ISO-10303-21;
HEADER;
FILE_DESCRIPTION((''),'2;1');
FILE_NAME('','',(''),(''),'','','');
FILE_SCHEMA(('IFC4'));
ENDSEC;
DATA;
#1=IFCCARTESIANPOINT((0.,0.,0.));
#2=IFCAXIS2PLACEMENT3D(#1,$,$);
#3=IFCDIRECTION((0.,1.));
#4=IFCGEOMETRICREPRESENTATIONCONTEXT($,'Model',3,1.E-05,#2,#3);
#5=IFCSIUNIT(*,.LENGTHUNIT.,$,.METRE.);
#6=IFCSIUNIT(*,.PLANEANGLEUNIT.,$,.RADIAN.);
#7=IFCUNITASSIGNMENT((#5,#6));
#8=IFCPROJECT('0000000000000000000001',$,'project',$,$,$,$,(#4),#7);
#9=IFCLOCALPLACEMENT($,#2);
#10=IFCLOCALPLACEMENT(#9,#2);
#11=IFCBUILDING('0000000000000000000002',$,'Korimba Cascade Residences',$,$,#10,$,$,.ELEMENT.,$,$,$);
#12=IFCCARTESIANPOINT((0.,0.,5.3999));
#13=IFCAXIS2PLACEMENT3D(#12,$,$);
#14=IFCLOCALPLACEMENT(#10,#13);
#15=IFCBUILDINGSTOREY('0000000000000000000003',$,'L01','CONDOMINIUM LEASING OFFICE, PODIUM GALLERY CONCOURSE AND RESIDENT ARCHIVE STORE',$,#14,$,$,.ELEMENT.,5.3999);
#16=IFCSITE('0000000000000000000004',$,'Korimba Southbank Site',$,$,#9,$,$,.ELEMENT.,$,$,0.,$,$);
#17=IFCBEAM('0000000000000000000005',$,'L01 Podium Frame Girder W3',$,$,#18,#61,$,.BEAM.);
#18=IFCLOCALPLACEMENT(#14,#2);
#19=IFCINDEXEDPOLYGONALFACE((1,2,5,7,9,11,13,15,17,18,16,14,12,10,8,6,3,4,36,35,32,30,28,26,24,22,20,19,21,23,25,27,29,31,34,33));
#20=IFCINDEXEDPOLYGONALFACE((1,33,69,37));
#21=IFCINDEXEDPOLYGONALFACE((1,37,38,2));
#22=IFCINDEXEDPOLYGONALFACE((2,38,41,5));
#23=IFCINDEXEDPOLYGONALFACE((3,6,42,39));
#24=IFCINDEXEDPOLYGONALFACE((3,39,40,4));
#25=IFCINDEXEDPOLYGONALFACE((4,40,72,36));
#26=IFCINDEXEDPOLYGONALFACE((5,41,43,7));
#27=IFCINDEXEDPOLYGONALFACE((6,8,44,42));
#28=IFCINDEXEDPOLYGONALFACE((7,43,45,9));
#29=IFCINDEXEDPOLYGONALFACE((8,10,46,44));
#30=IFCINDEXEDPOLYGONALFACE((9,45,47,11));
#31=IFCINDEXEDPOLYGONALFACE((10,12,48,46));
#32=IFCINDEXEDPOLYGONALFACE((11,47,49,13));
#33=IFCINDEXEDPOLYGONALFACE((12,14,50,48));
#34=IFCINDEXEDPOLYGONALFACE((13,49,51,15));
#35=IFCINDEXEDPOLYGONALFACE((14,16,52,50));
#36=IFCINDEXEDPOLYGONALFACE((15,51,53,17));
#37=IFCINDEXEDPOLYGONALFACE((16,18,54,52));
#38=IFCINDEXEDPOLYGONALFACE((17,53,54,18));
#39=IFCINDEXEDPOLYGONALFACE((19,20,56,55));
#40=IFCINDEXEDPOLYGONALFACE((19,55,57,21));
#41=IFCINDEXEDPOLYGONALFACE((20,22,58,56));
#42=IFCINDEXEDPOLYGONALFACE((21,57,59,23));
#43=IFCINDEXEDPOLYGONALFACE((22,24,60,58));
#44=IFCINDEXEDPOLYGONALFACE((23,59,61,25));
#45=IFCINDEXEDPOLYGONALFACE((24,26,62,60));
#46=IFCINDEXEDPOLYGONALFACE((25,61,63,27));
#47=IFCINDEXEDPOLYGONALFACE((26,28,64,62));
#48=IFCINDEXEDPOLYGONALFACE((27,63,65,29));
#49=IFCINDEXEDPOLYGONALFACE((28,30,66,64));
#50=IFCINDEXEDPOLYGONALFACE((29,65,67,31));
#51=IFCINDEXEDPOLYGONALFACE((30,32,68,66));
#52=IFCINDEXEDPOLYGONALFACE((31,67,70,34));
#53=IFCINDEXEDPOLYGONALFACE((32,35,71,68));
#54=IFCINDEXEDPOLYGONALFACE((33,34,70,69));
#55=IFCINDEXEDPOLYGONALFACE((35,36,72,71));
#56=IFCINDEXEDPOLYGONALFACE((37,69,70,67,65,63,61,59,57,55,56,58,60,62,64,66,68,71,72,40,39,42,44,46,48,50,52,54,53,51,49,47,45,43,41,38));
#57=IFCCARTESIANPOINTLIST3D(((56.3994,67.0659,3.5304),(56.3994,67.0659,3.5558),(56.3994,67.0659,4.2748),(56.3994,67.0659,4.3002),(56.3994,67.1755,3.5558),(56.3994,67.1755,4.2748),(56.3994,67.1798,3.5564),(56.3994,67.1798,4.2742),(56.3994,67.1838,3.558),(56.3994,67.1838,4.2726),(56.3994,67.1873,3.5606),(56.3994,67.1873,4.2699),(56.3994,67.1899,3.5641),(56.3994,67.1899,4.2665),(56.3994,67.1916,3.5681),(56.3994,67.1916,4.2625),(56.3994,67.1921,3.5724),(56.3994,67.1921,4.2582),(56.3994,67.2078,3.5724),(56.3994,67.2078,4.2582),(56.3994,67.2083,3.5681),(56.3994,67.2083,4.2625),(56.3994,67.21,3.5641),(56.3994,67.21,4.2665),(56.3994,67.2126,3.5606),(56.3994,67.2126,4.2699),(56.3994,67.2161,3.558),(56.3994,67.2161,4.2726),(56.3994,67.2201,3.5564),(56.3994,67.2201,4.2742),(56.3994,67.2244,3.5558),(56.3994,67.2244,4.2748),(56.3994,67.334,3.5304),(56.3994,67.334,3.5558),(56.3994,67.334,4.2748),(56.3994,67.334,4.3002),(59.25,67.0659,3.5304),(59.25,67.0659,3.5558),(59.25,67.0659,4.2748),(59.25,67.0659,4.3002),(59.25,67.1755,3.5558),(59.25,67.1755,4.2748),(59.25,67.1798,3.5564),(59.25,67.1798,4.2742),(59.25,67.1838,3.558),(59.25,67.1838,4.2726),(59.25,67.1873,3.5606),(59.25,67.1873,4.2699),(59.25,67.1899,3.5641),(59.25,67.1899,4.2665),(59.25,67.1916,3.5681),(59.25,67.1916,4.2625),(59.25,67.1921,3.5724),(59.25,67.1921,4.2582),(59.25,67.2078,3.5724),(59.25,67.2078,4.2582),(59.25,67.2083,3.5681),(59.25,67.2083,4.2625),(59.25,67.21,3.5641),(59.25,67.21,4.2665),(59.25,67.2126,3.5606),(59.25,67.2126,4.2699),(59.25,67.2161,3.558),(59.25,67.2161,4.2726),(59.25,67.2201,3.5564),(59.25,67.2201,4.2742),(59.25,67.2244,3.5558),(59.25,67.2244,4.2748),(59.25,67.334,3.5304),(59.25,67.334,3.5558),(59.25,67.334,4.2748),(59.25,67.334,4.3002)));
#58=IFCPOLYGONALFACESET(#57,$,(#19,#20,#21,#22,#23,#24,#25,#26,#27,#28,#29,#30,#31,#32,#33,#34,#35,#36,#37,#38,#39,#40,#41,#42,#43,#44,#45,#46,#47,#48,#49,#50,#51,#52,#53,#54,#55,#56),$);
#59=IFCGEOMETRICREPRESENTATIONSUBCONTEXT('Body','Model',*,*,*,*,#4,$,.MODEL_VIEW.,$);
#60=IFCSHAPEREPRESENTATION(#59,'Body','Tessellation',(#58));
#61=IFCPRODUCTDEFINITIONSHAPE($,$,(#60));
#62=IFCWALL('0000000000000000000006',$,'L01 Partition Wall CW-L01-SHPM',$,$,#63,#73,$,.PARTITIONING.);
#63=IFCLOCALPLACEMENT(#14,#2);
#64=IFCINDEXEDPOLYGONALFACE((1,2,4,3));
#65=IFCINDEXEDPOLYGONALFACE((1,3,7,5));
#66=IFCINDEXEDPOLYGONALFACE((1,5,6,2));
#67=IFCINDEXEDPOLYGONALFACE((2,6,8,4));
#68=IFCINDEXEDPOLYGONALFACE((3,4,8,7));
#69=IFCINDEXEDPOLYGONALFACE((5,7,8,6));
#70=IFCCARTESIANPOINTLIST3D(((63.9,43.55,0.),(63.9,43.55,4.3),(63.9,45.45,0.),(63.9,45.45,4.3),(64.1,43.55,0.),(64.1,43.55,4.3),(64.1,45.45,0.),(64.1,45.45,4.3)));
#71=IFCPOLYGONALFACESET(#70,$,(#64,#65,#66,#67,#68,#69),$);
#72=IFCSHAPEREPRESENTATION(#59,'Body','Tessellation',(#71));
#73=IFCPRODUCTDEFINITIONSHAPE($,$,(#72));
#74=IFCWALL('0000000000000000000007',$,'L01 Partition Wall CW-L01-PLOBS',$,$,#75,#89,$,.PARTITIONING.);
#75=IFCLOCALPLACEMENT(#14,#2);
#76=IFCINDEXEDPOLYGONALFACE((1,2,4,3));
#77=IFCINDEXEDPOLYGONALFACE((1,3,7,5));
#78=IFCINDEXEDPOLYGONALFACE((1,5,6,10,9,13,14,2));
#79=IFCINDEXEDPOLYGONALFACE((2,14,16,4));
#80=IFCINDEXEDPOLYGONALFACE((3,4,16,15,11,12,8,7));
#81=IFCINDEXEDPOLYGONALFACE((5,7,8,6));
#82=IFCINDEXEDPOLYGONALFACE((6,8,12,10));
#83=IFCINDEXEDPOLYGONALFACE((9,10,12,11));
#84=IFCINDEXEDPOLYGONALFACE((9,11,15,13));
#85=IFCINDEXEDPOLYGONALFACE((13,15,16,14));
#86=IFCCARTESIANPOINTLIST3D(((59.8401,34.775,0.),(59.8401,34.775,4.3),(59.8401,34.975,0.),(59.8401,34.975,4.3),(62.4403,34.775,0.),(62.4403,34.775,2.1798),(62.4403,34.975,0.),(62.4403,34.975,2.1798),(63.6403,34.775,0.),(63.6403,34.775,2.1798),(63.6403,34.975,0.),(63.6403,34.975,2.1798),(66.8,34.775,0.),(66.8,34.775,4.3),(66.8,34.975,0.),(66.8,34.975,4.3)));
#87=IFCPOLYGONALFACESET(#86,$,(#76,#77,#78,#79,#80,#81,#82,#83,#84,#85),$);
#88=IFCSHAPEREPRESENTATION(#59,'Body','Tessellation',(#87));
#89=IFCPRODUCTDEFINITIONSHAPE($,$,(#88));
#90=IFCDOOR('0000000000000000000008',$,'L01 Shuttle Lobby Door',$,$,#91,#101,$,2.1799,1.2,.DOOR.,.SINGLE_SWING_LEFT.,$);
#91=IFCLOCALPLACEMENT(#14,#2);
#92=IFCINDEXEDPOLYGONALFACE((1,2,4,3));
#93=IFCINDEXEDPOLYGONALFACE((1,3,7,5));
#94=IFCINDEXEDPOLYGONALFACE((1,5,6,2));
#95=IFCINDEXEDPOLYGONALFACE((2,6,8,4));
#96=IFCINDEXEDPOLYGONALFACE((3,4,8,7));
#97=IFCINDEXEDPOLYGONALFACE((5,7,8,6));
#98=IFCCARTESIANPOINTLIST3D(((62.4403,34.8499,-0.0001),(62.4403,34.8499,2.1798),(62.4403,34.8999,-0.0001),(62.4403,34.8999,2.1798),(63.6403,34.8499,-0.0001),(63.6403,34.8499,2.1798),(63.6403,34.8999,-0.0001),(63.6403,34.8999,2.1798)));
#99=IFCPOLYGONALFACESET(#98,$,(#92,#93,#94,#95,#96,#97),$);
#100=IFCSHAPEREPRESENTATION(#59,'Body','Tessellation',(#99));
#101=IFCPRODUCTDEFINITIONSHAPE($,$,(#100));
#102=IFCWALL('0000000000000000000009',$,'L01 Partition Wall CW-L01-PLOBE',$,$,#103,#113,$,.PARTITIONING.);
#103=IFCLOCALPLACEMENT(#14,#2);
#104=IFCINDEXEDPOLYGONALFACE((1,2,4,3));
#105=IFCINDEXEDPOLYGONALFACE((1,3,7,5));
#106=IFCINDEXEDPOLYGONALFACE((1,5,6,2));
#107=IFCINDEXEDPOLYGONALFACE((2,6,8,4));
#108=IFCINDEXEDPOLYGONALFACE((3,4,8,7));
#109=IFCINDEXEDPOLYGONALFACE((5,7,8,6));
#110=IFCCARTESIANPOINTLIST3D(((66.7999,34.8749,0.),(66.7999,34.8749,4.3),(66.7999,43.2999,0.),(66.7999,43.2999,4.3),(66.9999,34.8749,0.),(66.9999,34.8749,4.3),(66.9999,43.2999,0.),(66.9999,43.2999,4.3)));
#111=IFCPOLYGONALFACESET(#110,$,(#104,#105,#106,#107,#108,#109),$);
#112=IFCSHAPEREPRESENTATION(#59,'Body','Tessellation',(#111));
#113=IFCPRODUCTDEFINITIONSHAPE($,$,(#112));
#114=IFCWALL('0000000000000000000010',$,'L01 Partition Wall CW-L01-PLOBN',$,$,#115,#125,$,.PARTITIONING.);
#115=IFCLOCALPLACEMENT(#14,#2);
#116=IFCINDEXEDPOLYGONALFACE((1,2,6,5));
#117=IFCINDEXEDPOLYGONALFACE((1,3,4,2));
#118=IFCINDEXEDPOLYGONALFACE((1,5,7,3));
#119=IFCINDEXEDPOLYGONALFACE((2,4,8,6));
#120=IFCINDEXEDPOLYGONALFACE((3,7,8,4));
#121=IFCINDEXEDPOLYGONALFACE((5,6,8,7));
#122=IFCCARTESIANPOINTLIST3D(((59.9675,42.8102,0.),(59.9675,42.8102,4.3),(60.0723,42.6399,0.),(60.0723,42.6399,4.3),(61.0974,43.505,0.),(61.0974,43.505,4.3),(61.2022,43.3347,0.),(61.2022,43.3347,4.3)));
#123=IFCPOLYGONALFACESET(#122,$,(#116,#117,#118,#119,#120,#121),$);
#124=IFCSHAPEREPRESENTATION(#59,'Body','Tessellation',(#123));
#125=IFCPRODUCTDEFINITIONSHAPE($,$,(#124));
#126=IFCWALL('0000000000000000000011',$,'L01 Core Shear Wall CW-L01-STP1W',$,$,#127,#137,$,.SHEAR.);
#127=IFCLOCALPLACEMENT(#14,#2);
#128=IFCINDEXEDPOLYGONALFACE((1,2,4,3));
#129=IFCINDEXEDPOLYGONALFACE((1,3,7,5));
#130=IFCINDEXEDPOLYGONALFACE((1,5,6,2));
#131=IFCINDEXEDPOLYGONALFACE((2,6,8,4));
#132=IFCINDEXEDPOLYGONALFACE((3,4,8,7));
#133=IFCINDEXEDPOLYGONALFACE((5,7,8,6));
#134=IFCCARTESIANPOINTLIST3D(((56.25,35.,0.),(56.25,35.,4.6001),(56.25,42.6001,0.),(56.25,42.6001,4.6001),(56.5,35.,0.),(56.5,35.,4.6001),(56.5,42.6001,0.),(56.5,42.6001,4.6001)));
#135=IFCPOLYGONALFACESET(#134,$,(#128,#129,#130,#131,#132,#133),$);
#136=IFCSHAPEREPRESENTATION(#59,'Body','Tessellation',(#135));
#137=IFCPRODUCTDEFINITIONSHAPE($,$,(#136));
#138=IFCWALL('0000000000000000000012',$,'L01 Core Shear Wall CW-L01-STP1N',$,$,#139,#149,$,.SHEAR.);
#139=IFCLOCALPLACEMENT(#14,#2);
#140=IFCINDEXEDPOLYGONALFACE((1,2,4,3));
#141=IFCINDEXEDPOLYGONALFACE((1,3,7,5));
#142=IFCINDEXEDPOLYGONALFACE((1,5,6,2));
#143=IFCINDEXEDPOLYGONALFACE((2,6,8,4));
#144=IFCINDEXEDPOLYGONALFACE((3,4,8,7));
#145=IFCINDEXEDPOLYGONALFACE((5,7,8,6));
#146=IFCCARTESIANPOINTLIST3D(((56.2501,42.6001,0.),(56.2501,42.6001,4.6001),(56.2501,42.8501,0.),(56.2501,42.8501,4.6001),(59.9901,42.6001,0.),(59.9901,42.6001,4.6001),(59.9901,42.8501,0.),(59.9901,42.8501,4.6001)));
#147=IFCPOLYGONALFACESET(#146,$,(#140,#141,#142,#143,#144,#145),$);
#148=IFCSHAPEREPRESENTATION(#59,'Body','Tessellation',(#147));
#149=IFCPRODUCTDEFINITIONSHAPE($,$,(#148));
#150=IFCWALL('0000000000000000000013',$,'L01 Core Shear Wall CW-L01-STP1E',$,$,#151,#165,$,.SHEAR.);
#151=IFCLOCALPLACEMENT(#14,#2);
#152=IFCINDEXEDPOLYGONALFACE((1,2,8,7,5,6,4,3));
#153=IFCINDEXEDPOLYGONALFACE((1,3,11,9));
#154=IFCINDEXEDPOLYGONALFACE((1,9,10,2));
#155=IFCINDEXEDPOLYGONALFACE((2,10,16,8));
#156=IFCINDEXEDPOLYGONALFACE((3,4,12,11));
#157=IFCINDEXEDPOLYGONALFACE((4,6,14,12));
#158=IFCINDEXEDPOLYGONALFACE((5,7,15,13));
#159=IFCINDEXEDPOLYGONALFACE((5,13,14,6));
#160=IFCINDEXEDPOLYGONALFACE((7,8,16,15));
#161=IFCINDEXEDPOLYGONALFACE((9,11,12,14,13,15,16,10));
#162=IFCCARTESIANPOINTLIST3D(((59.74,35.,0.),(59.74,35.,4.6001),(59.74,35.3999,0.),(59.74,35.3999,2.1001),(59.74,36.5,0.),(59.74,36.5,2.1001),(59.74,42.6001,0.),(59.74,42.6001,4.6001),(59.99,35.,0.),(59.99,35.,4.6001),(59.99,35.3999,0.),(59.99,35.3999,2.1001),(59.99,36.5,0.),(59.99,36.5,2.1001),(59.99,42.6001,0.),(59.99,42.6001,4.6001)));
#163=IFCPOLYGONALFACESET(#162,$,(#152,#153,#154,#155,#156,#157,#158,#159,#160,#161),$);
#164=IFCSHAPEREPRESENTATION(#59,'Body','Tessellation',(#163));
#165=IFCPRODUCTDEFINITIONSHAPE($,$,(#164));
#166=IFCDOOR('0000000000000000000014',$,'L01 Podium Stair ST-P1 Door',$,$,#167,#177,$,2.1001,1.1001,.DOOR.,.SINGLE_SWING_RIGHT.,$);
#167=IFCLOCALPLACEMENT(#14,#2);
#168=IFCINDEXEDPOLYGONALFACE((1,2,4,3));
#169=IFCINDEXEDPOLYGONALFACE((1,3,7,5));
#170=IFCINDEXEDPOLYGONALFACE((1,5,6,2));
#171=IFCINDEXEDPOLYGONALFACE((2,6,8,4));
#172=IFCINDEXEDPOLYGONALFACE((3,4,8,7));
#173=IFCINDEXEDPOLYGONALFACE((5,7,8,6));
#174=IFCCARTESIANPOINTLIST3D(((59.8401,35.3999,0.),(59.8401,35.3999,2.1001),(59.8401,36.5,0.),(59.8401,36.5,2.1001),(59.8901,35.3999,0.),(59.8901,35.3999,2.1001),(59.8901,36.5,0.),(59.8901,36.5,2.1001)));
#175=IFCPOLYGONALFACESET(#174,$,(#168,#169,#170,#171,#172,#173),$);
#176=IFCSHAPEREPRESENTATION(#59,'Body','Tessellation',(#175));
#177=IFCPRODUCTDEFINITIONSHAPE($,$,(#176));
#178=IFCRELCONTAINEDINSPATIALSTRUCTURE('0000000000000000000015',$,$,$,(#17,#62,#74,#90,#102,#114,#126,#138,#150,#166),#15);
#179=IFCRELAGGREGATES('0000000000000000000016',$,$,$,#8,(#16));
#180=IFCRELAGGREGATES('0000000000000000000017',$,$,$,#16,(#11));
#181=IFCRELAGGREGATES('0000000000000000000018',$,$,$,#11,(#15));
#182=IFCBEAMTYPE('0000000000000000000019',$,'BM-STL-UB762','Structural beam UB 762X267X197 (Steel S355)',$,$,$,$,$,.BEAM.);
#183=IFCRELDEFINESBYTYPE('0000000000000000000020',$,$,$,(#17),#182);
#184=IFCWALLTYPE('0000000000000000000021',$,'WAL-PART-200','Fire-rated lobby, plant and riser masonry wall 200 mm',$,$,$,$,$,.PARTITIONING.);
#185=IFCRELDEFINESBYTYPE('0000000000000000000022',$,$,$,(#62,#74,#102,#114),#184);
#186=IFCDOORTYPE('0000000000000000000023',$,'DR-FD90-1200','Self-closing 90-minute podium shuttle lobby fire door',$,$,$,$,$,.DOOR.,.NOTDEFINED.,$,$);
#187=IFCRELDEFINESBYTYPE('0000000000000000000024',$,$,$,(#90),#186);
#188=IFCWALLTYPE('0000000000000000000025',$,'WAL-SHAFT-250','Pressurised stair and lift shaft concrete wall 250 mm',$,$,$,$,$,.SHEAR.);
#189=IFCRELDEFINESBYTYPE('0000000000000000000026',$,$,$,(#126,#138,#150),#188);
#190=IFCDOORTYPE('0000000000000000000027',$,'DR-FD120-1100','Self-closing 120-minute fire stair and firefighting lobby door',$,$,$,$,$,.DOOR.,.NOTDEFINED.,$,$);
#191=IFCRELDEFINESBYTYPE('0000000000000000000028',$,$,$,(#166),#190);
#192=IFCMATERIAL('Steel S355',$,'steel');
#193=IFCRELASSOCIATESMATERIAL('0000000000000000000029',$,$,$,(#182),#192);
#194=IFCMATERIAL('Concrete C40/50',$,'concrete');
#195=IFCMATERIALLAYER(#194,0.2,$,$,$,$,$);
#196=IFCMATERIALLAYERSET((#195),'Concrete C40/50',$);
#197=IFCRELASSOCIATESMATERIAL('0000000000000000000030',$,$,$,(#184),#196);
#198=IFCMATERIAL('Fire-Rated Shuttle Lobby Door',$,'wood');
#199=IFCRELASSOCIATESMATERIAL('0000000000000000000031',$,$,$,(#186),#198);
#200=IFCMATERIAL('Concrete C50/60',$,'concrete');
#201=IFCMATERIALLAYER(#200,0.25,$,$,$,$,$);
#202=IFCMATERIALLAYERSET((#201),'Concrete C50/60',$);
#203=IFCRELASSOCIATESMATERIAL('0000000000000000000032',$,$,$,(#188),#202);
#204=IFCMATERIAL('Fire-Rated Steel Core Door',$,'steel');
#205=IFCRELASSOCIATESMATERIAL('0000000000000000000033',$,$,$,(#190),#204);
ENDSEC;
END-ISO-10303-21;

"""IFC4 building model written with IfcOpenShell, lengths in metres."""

from ifc_helpers import new_model, si_unit, direction, frame, frame_2d, origin, origin_2d, place, context, subcontext, project, spatial, rectangle, i_section, extrude, material, layer, layer_set, material_profile, profile_set, type_object, element, fill, save


model = new_model("IFC4")

# Units and contexts
model_context = context("Model", 3, precision=1e-05, world=origin(), true_north=direction((0.0, 1.0)))
body_context = subcontext(model_context, "Body", "Model", "MODEL_VIEW")
ifc_project = project(units=[si_unit("LENGTHUNIT", "METRE"), si_unit("PLANEANGLEUNIT", "RADIAN")], contexts=[model_context])

# Site, building, storey
site_placement = place(None, origin())
site = spatial("IfcSite", under=ifc_project, at=site_placement, Name="Korimba Southbank Site", CompositionType="ELEMENT", RefElevation=0.0)
building_placement = place(site_placement, origin())
building = spatial("IfcBuilding", under=site, at=building_placement, Name="Korimba Cascade Residences", CompositionType="ELEMENT")
storey_placement = place(building_placement, frame((0.0, 0.0, 5.3999)))
storey = spatial("IfcBuildingStorey", under=building, at=storey_placement, Name="L01", Description="CONDOMINIUM LEASING OFFICE, PODIUM GALLERY CONCOURSE AND RESIDENT ARCHIVE STORE", CompositionType="ELEMENT", Elevation=5.3999)

# Shared definitions
ifc_material_1 = material(Name="Steel S355", Category="steel")

# Beam
ifc_material_2 = material(Name="Concrete C50/60", Category="concrete")
ifc_material_profile_1 = material_profile(ifc_material_1, i_section(OverallWidth=0.2681, OverallDepth=0.7698, WebThickness=0.0156, FlangeThickness=0.0254, FilletRadius=0.0166, at=origin_2d()), Name="Steel S355")
ifc_profile_set_1 = profile_set([ifc_material_profile_1], Name="Steel S355")
beam_type_1 = type_object("IfcBeamType", Name="BM-STL-UB762", Description="Structural beam UB 762X267X197 (Steel S355)", PredefinedType="BEAM", material=ifc_profile_set_1)
beam_1_placement = place(storey_placement, frame((56.3994, 67.2, 3.9153), z_axis=(1.0, 0.0, 0.0), x_axis=(0.0, 1.0, 0.0)))
element("IfcBeam", 1, at=beam_1_placement, inside=storey, type_object=beam_type_1, Name="L01 Podium Frame Girder W3", PredefinedType="BEAM", context=body_context, shape_type="SweptSolid", body=[
    extrude(i_section(OverallWidth=0.2681, OverallDepth=0.7698, WebThickness=0.0156, FlangeThickness=0.0254, FilletRadius=0.0166, at=origin_2d()), origin(), (0.0, 0.0, 1.0), 2.8506),
])

# Wall
ifc_material_3 = material(Name="Concrete C40/50", Category="concrete")
ifc_layer_1 = layer(ifc_material_3, 0.2)
ifc_layer_set_1 = layer_set([ifc_layer_1], Name="Concrete C40/50")
wall_type_1 = type_object("IfcWallType", Name="WAL-PART-200", Description="Fire-rated lobby, plant and riser masonry wall 200 mm", PredefinedType="PARTITIONING", material=ifc_layer_set_1)
wall_1_placement = place(storey_placement, frame((64.0, 43.55, 0.0), z_axis=(0.0, 0.0, 1.0), x_axis=(0.0, 1.0, 0.0)))
element("IfcWall", 2, at=wall_1_placement, inside=storey, type_object=wall_type_1, Name="L01 Partition Wall CW-L01-SHPM", PredefinedType="PARTITIONING", context=body_context, shape_type="SweptSolid", body=[
    extrude(rectangle(XDim=1.8999, YDim=0.2, at=frame_2d((0.95, 0.0))), origin(), (0.0, 0.0, 1.0), 4.3),
])

# Wall, opening, door
wall_2_placement = place(storey_placement, frame((59.8401, 34.875, 0.0), z_axis=(0.0, 0.0, 1.0), x_axis=(1.0, 0.0, 0.0)))
wall_2 = element("IfcWall", 3, at=wall_2_placement, inside=storey, type_object=wall_type_1, Name="L01 Partition Wall CW-L01-PLOBS", PredefinedType="PARTITIONING", context=body_context, shape_type="SweptSolid", body=[
    extrude(rectangle(XDim=6.96, YDim=0.2, at=frame_2d((3.48, 0.0))), origin(), (0.0, 0.0, 1.0), 4.3),
])
opening_1_placement = place(wall_2_placement, frame((2.6001, 0.0, 0.0)))
opening_1 = element("IfcOpeningElement", 4, at=opening_1_placement, cuts=wall_2, PredefinedType="OPENING", context=body_context, shape_type="SweptSolid", body=[
    extrude(rectangle(XDim=1.2, YDim=2.1799, at=frame_2d((0.6001, 1.0898))), frame((0.0, 0.1099, 0.0), z_axis=(0.0, -1.0, 0.0), x_axis=(1.0, 0.0, 0.0)), (0.0, 0.0, 1.0), 0.22),
])
ifc_material_4 = material(Name="Fire-Rated Shuttle Lobby Door", Category="wood")
door_type_1 = type_object("IfcDoorType", Name="DR-FD90-1200", Description="Self-closing 90-minute podium shuttle lobby fire door", OperationType="NOTDEFINED", PredefinedType="DOOR", material=ifc_material_4)
door_1_placement = place(opening_1_placement, origin())
door_1 = element("IfcDoor", 5, at=door_1_placement, inside=storey, type_object=door_type_1, Name="L01 Shuttle Lobby Door", OperationType="SINGLE_SWING_LEFT", OverallHeight=2.1799, OverallWidth=1.2, PredefinedType="DOOR", context=body_context, shape_type="SweptSolid", body=[
    extrude(rectangle(XDim=1.2, YDim=2.1799, at=frame_2d((0.6001, 1.0898))), frame((0.0, 0.0249, 0.0), z_axis=(0.0, -1.0, 0.0), x_axis=(1.0, 0.0, 0.0)), (0.0, 0.0, 1.0), 0.05),
])
fill(opening_1, door_1)

# Walls
wall_3_placement = place(storey_placement, frame((66.8999, 34.875, 0.0), z_axis=(0.0, 0.0, 1.0), x_axis=(0.0, 1.0, 0.0)))
element("IfcWall", 6, at=wall_3_placement, inside=storey, type_object=wall_type_1, Name="L01 Partition Wall CW-L01-PLOBE", PredefinedType="PARTITIONING", context=body_context, shape_type="SweptSolid", body=[
    extrude(rectangle(XDim=8.425, YDim=0.2, at=frame_2d((4.2124, 0.0))), origin(), (0.0, 0.0, 1.0), 4.3),
])
wall_4_placement = place(storey_placement, frame((60.02, 42.7251, 0.0), z_axis=(0.0, 0.0, 1.0), x_axis=(0.851823, 0.52383, 0.0)))
element("IfcWall", 7, at=wall_4_placement, inside=storey, type_object=wall_type_1, Name="L01 Partition Wall CW-L01-PLOBN", PredefinedType="PARTITIONING", context=body_context, shape_type="SweptSolid", body=[
    extrude(rectangle(XDim=1.3264, YDim=0.2, at=frame_2d((0.6631, 0.0))), origin(), (0.0, 0.0, 1.0), 4.3),
])
ifc_layer_2 = layer(ifc_material_2, 0.25)
ifc_layer_set_2 = layer_set([ifc_layer_2], Name="Concrete C50/60")
wall_type_2 = type_object("IfcWallType", Name="WAL-SHAFT-250", Description="Pressurised stair and lift shaft concrete wall 250 mm", PredefinedType="SHEAR", material=ifc_layer_set_2)
wall_5_placement = place(storey_placement, frame((56.375, 35.0, 0.0), z_axis=(0.0, 0.0, 1.0), x_axis=(0.0, 1.0, 0.0)))
element("IfcWall", 8, at=wall_5_placement, inside=storey, type_object=wall_type_2, Name="L01 Core Shear Wall CW-L01-STP1W", PredefinedType="SHEAR", context=body_context, shape_type="SweptSolid", body=[
    extrude(rectangle(XDim=7.6001, YDim=0.25, at=frame_2d((3.8, 0.0))), origin(), (0.0, 0.0, 1.0), 4.6001),
])
wall_6_placement = place(storey_placement, frame((56.25, 42.7251, 0.0), z_axis=(0.0, 0.0, 1.0), x_axis=(1.0, 0.0, 0.0)))
element("IfcWall", 9, at=wall_6_placement, inside=storey, type_object=wall_type_2, Name="L01 Core Shear Wall CW-L01-STP1N", PredefinedType="SHEAR", context=body_context, shape_type="SweptSolid", body=[
    extrude(rectangle(XDim=3.74, YDim=0.25, at=frame_2d((1.8701, 0.0))), origin(), (0.0, 0.0, 1.0), 4.6001),
])

# Wall, opening, door
wall_7_placement = place(storey_placement, frame((59.865, 35.0, 0.0), z_axis=(0.0, 0.0, 1.0), x_axis=(0.0, 1.0, 0.0)))
wall_7 = element("IfcWall", 10, at=wall_7_placement, inside=storey, type_object=wall_type_2, Name="L01 Core Shear Wall CW-L01-STP1E", PredefinedType="SHEAR", context=body_context, shape_type="SweptSolid", body=[
    extrude(rectangle(XDim=7.6001, YDim=0.25, at=frame_2d((3.8, 0.0))), origin(), (0.0, 0.0, 1.0), 4.6001),
])
opening_2_placement = place(wall_7_placement, frame((0.3999, 0.0, 0.0)))
opening_2 = element("IfcOpeningElement", 11, at=opening_2_placement, cuts=wall_7, PredefinedType="OPENING", context=body_context, shape_type="SweptSolid", body=[
    extrude(rectangle(XDim=1.1001, YDim=2.1001, at=frame_2d((0.55, 1.05))), frame((0.0, 0.135, 0.0), z_axis=(0.0, -1.0, 0.0), x_axis=(1.0, 0.0, 0.0)), (0.0, 0.0, 1.0), 0.27),
])
ifc_material_5 = material(Name="Fire-Rated Steel Core Door", Category="steel")
door_type_2 = type_object("IfcDoorType", Name="DR-FD120-1100", Description="Self-closing 120-minute fire stair and firefighting lobby door", OperationType="NOTDEFINED", PredefinedType="DOOR", material=ifc_material_5)
door_2_placement = place(opening_2_placement, origin())
door_2 = element("IfcDoor", 12, at=door_2_placement, inside=storey, type_object=door_type_2, Name="L01 Podium Stair ST-P1 Door", OperationType="SINGLE_SWING_RIGHT", OverallHeight=2.1001, OverallWidth=1.1001, PredefinedType="DOOR", context=body_context, shape_type="SweptSolid", body=[
    extrude(rectangle(XDim=1.1001, YDim=2.1001, at=frame_2d((0.55, 1.05))), frame((0.0, 0.0249, 0.0), z_axis=(0.0, -1.0, 0.0), x_axis=(1.0, 0.0, 0.0)), (0.0, 0.0, 1.0), 0.05),
])
fill(opening_2, door_2)

save(model, "model.ifc")
